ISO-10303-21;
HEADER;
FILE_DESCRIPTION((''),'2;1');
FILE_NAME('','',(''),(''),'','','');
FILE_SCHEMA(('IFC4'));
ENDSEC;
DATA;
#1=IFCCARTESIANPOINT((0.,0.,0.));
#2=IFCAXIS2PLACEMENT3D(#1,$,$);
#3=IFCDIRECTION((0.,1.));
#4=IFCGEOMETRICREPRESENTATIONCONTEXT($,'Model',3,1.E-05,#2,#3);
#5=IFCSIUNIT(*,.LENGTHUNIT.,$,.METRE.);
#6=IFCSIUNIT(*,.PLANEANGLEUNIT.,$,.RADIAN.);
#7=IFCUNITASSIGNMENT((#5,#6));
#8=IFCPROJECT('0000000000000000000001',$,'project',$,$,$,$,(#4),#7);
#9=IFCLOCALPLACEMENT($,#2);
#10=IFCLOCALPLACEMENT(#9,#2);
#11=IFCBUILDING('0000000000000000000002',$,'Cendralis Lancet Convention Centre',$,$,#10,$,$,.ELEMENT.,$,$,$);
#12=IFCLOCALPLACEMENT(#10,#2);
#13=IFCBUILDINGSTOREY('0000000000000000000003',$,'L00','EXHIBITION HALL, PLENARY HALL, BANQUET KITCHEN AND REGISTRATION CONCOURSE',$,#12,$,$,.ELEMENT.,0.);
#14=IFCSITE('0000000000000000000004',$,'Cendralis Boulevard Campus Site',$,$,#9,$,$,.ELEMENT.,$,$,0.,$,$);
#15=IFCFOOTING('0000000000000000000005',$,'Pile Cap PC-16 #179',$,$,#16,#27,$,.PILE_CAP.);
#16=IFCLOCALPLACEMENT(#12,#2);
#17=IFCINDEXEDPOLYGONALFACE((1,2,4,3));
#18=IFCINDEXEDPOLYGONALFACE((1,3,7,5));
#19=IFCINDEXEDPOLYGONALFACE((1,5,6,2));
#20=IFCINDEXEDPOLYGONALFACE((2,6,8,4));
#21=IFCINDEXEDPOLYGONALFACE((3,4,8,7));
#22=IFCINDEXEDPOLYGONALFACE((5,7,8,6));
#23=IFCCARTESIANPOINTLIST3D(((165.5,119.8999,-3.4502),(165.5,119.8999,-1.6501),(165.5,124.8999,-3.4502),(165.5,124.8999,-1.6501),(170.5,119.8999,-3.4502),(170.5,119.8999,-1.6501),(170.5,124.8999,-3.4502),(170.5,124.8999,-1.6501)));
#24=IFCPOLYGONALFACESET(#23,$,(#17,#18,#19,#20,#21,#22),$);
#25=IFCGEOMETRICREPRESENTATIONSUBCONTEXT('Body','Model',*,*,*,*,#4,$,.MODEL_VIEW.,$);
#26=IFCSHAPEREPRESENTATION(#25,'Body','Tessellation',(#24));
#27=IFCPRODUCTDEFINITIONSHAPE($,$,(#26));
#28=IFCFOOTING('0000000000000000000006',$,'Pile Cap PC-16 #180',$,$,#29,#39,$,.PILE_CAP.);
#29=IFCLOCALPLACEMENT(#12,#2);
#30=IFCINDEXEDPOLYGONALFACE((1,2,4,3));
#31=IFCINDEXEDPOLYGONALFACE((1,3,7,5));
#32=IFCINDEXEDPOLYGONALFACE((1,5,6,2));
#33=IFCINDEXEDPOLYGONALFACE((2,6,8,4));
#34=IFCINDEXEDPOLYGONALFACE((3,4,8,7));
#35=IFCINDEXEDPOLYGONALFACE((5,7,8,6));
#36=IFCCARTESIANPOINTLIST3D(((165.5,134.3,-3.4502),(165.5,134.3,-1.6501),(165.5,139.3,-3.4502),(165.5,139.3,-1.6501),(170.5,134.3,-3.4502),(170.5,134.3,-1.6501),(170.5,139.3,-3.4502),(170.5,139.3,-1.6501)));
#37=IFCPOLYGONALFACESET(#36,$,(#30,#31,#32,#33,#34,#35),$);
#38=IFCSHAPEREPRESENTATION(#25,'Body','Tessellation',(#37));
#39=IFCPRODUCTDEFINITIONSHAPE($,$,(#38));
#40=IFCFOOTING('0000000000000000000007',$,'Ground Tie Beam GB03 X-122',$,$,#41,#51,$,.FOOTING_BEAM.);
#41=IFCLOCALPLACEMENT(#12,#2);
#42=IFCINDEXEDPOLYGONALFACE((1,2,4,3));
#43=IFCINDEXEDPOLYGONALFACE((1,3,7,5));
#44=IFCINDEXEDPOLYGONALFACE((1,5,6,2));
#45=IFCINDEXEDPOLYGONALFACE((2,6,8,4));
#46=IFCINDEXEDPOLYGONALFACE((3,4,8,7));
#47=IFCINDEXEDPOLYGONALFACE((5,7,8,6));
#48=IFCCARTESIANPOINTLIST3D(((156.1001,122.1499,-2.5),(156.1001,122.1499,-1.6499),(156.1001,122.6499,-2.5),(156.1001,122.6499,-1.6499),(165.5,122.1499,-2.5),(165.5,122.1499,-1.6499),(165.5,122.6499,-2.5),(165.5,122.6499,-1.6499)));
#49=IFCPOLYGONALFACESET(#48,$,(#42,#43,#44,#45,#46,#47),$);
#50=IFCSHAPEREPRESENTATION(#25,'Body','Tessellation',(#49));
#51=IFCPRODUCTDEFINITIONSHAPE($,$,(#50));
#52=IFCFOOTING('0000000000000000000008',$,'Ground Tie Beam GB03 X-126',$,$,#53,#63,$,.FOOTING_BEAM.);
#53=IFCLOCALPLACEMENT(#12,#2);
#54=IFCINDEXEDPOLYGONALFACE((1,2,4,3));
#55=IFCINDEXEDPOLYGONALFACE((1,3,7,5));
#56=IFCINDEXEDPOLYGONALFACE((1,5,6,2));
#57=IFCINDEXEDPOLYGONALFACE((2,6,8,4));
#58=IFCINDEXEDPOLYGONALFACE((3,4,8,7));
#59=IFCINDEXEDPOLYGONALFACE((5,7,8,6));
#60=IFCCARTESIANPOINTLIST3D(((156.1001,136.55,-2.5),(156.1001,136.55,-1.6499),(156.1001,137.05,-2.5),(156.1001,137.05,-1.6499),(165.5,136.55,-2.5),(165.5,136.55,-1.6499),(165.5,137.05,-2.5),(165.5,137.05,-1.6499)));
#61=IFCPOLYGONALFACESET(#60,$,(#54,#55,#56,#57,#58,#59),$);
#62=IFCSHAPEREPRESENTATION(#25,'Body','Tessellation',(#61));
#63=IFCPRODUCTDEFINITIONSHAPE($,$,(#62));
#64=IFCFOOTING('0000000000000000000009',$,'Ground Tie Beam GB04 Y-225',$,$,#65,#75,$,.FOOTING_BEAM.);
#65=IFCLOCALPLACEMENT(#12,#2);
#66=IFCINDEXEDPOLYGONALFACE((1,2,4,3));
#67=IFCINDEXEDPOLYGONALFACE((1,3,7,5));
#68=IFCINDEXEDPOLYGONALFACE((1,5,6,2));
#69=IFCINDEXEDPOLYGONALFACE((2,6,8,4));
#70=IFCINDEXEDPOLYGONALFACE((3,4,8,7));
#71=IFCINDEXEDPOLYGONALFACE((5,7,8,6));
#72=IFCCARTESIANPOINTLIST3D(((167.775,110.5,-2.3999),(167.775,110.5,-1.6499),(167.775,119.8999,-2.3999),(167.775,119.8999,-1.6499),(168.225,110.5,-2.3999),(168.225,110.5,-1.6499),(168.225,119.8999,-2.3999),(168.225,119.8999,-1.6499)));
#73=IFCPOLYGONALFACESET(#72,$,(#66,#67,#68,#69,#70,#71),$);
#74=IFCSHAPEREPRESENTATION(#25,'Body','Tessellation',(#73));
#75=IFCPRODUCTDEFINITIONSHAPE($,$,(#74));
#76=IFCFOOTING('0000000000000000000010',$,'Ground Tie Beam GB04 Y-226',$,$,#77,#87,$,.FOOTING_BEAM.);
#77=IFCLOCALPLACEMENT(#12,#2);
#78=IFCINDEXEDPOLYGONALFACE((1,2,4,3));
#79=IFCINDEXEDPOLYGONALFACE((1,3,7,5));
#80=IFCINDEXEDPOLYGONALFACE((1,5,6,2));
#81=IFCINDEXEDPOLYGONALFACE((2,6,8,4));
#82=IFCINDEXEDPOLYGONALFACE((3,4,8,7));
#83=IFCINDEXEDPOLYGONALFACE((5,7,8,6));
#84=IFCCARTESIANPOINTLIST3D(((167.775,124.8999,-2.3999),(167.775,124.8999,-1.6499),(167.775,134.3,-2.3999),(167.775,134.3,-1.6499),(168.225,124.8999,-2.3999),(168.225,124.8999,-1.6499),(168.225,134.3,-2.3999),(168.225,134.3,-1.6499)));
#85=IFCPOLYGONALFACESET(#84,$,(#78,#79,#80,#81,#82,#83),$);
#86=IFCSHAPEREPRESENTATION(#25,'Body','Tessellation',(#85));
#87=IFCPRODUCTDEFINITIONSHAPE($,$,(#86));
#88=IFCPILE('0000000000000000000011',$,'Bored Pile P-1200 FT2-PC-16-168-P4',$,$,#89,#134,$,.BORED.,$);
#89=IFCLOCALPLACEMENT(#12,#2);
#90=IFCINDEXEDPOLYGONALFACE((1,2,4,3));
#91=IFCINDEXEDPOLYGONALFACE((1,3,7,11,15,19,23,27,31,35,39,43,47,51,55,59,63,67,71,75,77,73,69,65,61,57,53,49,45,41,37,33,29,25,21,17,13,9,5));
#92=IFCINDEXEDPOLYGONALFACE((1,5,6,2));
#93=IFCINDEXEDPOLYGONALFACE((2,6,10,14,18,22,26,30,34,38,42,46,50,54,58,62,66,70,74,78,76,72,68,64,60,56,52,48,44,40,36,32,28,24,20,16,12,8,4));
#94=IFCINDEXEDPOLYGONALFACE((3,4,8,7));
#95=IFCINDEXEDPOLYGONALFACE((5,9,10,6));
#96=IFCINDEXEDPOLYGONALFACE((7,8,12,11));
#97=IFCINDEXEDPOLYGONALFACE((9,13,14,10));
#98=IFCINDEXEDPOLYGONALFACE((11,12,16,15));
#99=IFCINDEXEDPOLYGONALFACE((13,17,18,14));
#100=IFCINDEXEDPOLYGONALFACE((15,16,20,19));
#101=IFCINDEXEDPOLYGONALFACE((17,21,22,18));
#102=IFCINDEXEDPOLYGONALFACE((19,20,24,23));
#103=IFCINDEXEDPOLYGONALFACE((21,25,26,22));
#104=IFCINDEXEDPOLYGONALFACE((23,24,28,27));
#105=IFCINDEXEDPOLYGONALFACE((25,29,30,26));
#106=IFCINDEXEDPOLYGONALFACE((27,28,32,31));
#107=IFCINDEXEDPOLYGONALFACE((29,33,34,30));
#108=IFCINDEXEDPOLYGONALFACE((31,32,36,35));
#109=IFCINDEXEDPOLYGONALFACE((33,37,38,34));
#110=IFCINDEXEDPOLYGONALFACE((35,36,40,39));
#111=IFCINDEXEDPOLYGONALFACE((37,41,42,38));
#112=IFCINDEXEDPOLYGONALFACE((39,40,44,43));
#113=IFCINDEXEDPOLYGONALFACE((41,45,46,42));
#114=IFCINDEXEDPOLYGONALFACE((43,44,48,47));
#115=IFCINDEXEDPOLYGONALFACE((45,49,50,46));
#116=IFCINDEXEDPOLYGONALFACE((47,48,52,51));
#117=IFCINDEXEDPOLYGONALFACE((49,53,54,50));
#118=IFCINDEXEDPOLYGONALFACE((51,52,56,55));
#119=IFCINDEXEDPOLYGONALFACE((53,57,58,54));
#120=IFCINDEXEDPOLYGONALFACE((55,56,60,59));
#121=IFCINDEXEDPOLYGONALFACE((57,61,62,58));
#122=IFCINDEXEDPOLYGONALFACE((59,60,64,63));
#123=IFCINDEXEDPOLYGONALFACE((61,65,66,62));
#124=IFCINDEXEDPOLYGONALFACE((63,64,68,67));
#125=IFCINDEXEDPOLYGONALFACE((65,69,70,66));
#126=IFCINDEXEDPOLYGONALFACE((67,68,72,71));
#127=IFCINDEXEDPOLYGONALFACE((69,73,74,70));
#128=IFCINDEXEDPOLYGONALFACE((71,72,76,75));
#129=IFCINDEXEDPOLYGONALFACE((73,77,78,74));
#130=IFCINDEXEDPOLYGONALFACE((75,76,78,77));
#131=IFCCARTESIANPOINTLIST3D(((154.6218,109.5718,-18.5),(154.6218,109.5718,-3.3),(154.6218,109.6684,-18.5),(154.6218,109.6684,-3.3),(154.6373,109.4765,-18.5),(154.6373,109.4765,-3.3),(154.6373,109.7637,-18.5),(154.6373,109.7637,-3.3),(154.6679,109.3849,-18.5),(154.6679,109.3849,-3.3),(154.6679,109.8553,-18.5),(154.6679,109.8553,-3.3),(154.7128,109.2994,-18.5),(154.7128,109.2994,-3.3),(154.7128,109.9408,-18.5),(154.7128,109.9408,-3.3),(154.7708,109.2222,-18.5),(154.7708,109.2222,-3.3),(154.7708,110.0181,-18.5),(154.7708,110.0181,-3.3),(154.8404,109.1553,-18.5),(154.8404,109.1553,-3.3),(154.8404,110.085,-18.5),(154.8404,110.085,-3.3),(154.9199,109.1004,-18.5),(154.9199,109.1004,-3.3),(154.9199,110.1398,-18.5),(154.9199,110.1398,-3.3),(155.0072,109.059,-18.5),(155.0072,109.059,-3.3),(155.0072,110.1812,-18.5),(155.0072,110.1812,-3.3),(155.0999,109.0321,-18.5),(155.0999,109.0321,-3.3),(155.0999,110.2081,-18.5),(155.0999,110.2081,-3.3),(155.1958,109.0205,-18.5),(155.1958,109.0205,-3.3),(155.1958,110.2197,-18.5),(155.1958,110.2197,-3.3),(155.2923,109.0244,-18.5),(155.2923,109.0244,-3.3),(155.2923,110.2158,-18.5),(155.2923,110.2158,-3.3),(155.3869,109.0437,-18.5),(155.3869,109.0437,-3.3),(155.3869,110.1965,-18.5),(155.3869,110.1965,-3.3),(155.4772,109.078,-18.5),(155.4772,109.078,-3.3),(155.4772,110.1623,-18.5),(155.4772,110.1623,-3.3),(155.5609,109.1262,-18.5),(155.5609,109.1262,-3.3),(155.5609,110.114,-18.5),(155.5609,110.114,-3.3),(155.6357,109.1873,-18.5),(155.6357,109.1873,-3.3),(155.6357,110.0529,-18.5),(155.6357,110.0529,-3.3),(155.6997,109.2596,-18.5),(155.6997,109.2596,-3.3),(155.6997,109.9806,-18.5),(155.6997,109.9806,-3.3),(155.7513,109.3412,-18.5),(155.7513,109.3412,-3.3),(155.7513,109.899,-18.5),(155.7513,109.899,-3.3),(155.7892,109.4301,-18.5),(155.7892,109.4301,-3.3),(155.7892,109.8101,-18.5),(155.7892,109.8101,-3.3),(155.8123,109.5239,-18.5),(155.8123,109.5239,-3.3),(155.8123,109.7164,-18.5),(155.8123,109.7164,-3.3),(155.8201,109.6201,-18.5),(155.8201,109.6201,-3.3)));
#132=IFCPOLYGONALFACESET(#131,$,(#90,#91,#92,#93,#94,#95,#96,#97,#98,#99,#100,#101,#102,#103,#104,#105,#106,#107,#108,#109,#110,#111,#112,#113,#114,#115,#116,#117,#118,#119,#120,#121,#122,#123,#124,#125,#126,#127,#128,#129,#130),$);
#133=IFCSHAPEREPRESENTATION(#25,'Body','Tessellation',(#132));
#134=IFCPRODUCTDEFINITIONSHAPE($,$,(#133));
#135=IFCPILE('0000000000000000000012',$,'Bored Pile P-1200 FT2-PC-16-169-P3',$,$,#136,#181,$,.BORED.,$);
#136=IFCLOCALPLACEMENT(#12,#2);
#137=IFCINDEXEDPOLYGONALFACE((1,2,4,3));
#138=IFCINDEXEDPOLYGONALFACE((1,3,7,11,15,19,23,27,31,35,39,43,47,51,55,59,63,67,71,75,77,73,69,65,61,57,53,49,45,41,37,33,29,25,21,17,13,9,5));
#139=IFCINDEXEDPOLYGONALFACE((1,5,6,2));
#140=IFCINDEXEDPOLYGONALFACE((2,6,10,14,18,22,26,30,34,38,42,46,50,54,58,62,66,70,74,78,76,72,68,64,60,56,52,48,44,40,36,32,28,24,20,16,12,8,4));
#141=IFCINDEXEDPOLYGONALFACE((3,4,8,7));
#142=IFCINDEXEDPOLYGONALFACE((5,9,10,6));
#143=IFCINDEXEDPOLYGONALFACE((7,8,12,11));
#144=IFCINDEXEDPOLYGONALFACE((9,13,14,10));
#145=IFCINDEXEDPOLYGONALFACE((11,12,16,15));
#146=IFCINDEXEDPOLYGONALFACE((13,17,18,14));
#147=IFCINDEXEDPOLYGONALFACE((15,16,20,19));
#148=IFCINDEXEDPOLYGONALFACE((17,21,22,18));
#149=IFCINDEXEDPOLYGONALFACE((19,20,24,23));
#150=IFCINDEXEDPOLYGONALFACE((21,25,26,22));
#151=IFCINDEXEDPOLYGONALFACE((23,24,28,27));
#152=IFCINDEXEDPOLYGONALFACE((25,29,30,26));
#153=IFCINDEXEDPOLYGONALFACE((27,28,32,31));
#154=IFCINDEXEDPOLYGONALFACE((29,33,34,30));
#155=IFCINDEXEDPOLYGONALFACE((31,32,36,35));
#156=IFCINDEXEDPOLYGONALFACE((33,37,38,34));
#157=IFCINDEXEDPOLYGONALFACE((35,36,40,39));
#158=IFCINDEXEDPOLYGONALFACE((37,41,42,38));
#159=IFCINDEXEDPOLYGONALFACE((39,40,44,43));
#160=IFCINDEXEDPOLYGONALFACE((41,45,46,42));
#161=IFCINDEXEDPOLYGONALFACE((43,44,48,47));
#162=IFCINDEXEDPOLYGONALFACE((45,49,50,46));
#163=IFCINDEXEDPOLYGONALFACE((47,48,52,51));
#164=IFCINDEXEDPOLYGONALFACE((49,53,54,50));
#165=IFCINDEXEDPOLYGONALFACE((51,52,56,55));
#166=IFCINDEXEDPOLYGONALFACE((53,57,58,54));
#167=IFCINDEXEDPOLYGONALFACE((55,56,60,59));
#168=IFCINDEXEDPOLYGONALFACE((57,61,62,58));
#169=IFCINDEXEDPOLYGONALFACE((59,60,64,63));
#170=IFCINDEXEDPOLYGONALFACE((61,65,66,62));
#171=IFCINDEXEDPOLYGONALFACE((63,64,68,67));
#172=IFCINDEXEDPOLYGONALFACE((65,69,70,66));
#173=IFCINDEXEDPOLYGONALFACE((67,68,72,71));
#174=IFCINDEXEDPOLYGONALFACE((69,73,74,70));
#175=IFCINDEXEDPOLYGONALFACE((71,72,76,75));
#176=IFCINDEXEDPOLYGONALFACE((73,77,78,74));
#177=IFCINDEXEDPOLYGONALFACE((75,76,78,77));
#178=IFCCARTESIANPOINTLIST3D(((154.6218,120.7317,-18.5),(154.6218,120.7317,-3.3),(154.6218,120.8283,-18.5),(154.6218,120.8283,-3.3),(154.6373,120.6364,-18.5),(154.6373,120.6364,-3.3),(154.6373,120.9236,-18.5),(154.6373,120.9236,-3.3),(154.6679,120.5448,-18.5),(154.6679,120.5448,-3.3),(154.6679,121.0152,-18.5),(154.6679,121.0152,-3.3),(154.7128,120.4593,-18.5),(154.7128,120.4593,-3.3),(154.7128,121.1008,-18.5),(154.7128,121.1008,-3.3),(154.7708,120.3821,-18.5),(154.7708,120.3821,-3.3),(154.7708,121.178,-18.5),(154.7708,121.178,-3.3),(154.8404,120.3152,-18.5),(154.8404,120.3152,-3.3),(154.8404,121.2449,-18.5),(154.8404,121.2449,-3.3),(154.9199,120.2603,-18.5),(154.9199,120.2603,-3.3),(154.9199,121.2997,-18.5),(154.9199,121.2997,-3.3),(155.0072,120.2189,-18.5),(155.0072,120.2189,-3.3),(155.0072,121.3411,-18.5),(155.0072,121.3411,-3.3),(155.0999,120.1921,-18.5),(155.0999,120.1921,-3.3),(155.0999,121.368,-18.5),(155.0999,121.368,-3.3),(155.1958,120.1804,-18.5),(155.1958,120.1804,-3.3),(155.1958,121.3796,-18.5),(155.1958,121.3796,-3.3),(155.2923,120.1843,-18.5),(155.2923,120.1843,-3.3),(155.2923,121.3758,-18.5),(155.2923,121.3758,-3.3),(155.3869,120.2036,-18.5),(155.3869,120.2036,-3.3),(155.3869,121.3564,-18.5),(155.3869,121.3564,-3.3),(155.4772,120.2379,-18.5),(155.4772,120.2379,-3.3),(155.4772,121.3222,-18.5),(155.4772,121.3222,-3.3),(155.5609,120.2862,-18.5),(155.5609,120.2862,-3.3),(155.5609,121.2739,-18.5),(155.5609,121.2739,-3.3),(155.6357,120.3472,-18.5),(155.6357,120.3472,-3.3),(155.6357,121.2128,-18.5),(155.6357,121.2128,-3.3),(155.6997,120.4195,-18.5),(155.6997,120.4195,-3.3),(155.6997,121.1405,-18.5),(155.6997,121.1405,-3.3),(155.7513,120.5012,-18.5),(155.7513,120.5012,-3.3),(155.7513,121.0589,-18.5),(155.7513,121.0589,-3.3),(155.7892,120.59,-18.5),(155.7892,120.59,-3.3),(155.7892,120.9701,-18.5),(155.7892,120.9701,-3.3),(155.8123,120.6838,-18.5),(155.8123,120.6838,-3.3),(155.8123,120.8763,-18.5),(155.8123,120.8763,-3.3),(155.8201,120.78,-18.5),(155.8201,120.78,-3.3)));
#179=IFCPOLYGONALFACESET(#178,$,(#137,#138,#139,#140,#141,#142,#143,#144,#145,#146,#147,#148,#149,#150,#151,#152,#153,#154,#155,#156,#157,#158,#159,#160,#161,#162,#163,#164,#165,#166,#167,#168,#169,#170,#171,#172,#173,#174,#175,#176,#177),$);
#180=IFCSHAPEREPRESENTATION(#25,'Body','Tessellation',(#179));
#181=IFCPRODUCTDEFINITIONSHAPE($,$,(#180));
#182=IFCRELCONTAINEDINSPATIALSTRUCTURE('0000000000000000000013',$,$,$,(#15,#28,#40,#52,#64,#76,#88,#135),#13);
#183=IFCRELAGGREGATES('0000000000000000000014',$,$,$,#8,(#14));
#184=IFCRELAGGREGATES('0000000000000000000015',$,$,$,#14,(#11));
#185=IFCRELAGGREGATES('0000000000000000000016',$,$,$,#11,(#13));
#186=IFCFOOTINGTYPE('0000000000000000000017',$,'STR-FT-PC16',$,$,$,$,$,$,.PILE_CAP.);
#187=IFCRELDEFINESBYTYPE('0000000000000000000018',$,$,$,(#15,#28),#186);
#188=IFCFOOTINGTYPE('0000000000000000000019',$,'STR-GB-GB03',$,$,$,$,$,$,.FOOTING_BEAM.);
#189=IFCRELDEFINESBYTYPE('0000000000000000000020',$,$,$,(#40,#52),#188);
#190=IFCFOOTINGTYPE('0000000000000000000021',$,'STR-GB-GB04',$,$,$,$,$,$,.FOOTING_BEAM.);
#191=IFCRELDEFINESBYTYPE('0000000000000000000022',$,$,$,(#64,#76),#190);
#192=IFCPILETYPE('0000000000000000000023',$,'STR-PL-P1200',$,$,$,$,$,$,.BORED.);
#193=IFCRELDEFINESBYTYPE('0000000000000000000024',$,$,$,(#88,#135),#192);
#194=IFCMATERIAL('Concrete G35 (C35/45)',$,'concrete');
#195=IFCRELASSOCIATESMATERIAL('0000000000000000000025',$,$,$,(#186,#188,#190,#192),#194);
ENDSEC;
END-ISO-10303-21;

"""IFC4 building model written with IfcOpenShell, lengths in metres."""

from ifc_helpers import new_model, si_unit, direction, frame, origin, origin_2d, place, context, subcontext, project, spatial, rectangle, circle, extrude, material, material_profile, profile_set, type_object, element, save


model = new_model("IFC4")

# Units and contexts
model_context = context("Model", 3, precision=1e-05, world=origin(), true_north=direction((0.0, 1.0)))
body_context = subcontext(model_context, "Body", "Model", "MODEL_VIEW")
ifc_project = project(units=[si_unit("LENGTHUNIT", "METRE"), si_unit("PLANEANGLEUNIT", "RADIAN")], contexts=[model_context])

# Site, building, storey
site_placement = place(None, origin())
site = spatial("IfcSite", under=ifc_project, at=site_placement, Name="Cendralis Boulevard Campus Site", CompositionType="ELEMENT", RefElevation=0.0)
building_placement = place(site_placement, origin())
building = spatial("IfcBuilding", under=site, at=building_placement, Name="Cendralis Lancet Convention Centre", CompositionType="ELEMENT")
storey_placement = place(building_placement, origin())
storey = spatial("IfcBuildingStorey", under=building, at=storey_placement, Name="L00", Description="EXHIBITION HALL, PLENARY HALL, BANQUET KITCHEN AND REGISTRATION CONCOURSE", CompositionType="ELEMENT", Elevation=0.0)

# Footings
ifc_material_1 = material(Name="Concrete G35 (C35/45)", Category="concrete")
footing_type_1 = type_object("IfcFootingType", Name="STR-FT-PC16", PredefinedType="PILE_CAP", material=ifc_material_1)
for number, where, z_axis, x_axis, name in (
    (1, (168.0, 122.3999, -3.4502), (0.0, 0.0, 1.0), (1.0, 0.0, 0.0), "Pile Cap PC-16 #179"),
    (2, (168.0, 136.8, -3.4502), (0.0, 0.0, 1.0), (1.0, 0.0, 0.0), "Pile Cap PC-16 #180"),
):
    element("IfcFooting", number, at=place(storey_placement, frame(where, z_axis=z_axis, x_axis=x_axis)), inside=storey, type_object=footing_type_1, Name=name, PredefinedType="PILE_CAP", context=body_context, shape_type="SweptSolid", body=[
        extrude(rectangle(XDim=5.0, YDim=5.0, at=origin_2d()), origin(), (0.0, 0.0, 1.0), 1.8),
    ])
ifc_material_profile_1 = material_profile(ifc_material_1, rectangle(XDim=0.5, YDim=0.8501, at=origin_2d()), Name="RCB 500x850")
ifc_profile_set_1 = profile_set([ifc_material_profile_1], Name="Concrete G35 (C35/45)")
footing_type_2 = type_object("IfcFootingType", Name="STR-GB-GB03", PredefinedType="FOOTING_BEAM", material=ifc_profile_set_1)
for number, where, z_axis, x_axis, name in (
    (3, (156.1001, 122.3999, -2.075), (1.0, 0.0, 0.0), (0.0, 1.0, 0.0), "Ground Tie Beam GB03 X-122"),
    (4, (156.1001, 136.8, -2.075), (1.0, 0.0, 0.0), (0.0, 1.0, 0.0), "Ground Tie Beam GB03 X-126"),
):
    element("IfcFooting", number, at=place(storey_placement, frame(where, z_axis=z_axis, x_axis=x_axis)), inside=storey, type_object=footing_type_2, Name=name, PredefinedType="FOOTING_BEAM", context=body_context, shape_type="SweptSolid", body=[
        extrude(rectangle(XDim=0.5, YDim=0.8501, at=origin_2d()), origin(), (0.0, 0.0, 1.0), 9.3999),
    ])
ifc_material_profile_2 = material_profile(ifc_material_1, rectangle(XDim=0.45, YDim=0.75, at=origin_2d()), Name="RCB 450x750")
ifc_profile_set_2 = profile_set([ifc_material_profile_2], Name="Concrete G35 (C35/45)")
footing_type_3 = type_object("IfcFootingType", Name="STR-GB-GB04", PredefinedType="FOOTING_BEAM", material=ifc_profile_set_2)
footing_1_placement = place(storey_placement, frame((168.0, 110.5, -2.0249), z_axis=(0.0, 1.0, 0.0), x_axis=(-1.0, 0.0, 0.0)))
element("IfcFooting", 5, at=footing_1_placement, inside=storey, type_object=footing_type_3, Name="Ground Tie Beam GB04 Y-225", PredefinedType="FOOTING_BEAM", context=body_context, shape_type="SweptSolid", body=[
    extrude(rectangle(XDim=0.45, YDim=0.75, at=origin_2d()), origin(), (0.0, 0.0, 1.0), 9.3999),
])
footing_2_placement = place(storey_placement, frame((168.0, 124.8999, -2.0249), z_axis=(0.0, 1.0, 0.0), x_axis=(-1.0, 0.0, 0.0)))
element("IfcFooting", 6, at=footing_2_placement, inside=storey, type_object=footing_type_3, Name="Ground Tie Beam GB04 Y-226", PredefinedType="FOOTING_BEAM", context=body_context, shape_type="SweptSolid", body=[
    extrude(rectangle(XDim=0.45, YDim=0.75, at=origin_2d()), origin(), (0.0, 0.0, 1.0), 9.4001),
])

# Piles
ifc_material_profile_3 = material_profile(ifc_material_1, circle(Radius=0.6001, at=origin_2d()), Name="BORED PILE D1200")
ifc_profile_set_3 = profile_set([ifc_material_profile_3], Name="Concrete G35 (C35/45)")
pile_type = type_object("IfcPileType", Name="STR-PL-P1200", PredefinedType="BORED", material=ifc_profile_set_3)
for number, where, z_axis, x_axis, name in (
    (7, (155.22, 109.6201, -3.3), (0.0, 0.0, -1.0), (1.0, 0.0, 0.0), "Bored Pile P-1200 FT2-PC-16-168-P4"),
    (8, (155.22, 120.78, -3.3), (0.0, 0.0, -1.0), (1.0, 0.0, 0.0), "Bored Pile P-1200 FT2-PC-16-169-P3"),
):
    element("IfcPile", number, at=place(storey_placement, frame(where, z_axis=z_axis, x_axis=x_axis)), inside=storey, type_object=pile_type, Name=name, PredefinedType="BORED", context=body_context, shape_type="SweptSolid", body=[
        extrude(circle(Radius=0.6001, at=origin_2d()), origin(), (0.0, 0.0, 1.0), 15.2),
    ])

save(model, "model.ifc")
